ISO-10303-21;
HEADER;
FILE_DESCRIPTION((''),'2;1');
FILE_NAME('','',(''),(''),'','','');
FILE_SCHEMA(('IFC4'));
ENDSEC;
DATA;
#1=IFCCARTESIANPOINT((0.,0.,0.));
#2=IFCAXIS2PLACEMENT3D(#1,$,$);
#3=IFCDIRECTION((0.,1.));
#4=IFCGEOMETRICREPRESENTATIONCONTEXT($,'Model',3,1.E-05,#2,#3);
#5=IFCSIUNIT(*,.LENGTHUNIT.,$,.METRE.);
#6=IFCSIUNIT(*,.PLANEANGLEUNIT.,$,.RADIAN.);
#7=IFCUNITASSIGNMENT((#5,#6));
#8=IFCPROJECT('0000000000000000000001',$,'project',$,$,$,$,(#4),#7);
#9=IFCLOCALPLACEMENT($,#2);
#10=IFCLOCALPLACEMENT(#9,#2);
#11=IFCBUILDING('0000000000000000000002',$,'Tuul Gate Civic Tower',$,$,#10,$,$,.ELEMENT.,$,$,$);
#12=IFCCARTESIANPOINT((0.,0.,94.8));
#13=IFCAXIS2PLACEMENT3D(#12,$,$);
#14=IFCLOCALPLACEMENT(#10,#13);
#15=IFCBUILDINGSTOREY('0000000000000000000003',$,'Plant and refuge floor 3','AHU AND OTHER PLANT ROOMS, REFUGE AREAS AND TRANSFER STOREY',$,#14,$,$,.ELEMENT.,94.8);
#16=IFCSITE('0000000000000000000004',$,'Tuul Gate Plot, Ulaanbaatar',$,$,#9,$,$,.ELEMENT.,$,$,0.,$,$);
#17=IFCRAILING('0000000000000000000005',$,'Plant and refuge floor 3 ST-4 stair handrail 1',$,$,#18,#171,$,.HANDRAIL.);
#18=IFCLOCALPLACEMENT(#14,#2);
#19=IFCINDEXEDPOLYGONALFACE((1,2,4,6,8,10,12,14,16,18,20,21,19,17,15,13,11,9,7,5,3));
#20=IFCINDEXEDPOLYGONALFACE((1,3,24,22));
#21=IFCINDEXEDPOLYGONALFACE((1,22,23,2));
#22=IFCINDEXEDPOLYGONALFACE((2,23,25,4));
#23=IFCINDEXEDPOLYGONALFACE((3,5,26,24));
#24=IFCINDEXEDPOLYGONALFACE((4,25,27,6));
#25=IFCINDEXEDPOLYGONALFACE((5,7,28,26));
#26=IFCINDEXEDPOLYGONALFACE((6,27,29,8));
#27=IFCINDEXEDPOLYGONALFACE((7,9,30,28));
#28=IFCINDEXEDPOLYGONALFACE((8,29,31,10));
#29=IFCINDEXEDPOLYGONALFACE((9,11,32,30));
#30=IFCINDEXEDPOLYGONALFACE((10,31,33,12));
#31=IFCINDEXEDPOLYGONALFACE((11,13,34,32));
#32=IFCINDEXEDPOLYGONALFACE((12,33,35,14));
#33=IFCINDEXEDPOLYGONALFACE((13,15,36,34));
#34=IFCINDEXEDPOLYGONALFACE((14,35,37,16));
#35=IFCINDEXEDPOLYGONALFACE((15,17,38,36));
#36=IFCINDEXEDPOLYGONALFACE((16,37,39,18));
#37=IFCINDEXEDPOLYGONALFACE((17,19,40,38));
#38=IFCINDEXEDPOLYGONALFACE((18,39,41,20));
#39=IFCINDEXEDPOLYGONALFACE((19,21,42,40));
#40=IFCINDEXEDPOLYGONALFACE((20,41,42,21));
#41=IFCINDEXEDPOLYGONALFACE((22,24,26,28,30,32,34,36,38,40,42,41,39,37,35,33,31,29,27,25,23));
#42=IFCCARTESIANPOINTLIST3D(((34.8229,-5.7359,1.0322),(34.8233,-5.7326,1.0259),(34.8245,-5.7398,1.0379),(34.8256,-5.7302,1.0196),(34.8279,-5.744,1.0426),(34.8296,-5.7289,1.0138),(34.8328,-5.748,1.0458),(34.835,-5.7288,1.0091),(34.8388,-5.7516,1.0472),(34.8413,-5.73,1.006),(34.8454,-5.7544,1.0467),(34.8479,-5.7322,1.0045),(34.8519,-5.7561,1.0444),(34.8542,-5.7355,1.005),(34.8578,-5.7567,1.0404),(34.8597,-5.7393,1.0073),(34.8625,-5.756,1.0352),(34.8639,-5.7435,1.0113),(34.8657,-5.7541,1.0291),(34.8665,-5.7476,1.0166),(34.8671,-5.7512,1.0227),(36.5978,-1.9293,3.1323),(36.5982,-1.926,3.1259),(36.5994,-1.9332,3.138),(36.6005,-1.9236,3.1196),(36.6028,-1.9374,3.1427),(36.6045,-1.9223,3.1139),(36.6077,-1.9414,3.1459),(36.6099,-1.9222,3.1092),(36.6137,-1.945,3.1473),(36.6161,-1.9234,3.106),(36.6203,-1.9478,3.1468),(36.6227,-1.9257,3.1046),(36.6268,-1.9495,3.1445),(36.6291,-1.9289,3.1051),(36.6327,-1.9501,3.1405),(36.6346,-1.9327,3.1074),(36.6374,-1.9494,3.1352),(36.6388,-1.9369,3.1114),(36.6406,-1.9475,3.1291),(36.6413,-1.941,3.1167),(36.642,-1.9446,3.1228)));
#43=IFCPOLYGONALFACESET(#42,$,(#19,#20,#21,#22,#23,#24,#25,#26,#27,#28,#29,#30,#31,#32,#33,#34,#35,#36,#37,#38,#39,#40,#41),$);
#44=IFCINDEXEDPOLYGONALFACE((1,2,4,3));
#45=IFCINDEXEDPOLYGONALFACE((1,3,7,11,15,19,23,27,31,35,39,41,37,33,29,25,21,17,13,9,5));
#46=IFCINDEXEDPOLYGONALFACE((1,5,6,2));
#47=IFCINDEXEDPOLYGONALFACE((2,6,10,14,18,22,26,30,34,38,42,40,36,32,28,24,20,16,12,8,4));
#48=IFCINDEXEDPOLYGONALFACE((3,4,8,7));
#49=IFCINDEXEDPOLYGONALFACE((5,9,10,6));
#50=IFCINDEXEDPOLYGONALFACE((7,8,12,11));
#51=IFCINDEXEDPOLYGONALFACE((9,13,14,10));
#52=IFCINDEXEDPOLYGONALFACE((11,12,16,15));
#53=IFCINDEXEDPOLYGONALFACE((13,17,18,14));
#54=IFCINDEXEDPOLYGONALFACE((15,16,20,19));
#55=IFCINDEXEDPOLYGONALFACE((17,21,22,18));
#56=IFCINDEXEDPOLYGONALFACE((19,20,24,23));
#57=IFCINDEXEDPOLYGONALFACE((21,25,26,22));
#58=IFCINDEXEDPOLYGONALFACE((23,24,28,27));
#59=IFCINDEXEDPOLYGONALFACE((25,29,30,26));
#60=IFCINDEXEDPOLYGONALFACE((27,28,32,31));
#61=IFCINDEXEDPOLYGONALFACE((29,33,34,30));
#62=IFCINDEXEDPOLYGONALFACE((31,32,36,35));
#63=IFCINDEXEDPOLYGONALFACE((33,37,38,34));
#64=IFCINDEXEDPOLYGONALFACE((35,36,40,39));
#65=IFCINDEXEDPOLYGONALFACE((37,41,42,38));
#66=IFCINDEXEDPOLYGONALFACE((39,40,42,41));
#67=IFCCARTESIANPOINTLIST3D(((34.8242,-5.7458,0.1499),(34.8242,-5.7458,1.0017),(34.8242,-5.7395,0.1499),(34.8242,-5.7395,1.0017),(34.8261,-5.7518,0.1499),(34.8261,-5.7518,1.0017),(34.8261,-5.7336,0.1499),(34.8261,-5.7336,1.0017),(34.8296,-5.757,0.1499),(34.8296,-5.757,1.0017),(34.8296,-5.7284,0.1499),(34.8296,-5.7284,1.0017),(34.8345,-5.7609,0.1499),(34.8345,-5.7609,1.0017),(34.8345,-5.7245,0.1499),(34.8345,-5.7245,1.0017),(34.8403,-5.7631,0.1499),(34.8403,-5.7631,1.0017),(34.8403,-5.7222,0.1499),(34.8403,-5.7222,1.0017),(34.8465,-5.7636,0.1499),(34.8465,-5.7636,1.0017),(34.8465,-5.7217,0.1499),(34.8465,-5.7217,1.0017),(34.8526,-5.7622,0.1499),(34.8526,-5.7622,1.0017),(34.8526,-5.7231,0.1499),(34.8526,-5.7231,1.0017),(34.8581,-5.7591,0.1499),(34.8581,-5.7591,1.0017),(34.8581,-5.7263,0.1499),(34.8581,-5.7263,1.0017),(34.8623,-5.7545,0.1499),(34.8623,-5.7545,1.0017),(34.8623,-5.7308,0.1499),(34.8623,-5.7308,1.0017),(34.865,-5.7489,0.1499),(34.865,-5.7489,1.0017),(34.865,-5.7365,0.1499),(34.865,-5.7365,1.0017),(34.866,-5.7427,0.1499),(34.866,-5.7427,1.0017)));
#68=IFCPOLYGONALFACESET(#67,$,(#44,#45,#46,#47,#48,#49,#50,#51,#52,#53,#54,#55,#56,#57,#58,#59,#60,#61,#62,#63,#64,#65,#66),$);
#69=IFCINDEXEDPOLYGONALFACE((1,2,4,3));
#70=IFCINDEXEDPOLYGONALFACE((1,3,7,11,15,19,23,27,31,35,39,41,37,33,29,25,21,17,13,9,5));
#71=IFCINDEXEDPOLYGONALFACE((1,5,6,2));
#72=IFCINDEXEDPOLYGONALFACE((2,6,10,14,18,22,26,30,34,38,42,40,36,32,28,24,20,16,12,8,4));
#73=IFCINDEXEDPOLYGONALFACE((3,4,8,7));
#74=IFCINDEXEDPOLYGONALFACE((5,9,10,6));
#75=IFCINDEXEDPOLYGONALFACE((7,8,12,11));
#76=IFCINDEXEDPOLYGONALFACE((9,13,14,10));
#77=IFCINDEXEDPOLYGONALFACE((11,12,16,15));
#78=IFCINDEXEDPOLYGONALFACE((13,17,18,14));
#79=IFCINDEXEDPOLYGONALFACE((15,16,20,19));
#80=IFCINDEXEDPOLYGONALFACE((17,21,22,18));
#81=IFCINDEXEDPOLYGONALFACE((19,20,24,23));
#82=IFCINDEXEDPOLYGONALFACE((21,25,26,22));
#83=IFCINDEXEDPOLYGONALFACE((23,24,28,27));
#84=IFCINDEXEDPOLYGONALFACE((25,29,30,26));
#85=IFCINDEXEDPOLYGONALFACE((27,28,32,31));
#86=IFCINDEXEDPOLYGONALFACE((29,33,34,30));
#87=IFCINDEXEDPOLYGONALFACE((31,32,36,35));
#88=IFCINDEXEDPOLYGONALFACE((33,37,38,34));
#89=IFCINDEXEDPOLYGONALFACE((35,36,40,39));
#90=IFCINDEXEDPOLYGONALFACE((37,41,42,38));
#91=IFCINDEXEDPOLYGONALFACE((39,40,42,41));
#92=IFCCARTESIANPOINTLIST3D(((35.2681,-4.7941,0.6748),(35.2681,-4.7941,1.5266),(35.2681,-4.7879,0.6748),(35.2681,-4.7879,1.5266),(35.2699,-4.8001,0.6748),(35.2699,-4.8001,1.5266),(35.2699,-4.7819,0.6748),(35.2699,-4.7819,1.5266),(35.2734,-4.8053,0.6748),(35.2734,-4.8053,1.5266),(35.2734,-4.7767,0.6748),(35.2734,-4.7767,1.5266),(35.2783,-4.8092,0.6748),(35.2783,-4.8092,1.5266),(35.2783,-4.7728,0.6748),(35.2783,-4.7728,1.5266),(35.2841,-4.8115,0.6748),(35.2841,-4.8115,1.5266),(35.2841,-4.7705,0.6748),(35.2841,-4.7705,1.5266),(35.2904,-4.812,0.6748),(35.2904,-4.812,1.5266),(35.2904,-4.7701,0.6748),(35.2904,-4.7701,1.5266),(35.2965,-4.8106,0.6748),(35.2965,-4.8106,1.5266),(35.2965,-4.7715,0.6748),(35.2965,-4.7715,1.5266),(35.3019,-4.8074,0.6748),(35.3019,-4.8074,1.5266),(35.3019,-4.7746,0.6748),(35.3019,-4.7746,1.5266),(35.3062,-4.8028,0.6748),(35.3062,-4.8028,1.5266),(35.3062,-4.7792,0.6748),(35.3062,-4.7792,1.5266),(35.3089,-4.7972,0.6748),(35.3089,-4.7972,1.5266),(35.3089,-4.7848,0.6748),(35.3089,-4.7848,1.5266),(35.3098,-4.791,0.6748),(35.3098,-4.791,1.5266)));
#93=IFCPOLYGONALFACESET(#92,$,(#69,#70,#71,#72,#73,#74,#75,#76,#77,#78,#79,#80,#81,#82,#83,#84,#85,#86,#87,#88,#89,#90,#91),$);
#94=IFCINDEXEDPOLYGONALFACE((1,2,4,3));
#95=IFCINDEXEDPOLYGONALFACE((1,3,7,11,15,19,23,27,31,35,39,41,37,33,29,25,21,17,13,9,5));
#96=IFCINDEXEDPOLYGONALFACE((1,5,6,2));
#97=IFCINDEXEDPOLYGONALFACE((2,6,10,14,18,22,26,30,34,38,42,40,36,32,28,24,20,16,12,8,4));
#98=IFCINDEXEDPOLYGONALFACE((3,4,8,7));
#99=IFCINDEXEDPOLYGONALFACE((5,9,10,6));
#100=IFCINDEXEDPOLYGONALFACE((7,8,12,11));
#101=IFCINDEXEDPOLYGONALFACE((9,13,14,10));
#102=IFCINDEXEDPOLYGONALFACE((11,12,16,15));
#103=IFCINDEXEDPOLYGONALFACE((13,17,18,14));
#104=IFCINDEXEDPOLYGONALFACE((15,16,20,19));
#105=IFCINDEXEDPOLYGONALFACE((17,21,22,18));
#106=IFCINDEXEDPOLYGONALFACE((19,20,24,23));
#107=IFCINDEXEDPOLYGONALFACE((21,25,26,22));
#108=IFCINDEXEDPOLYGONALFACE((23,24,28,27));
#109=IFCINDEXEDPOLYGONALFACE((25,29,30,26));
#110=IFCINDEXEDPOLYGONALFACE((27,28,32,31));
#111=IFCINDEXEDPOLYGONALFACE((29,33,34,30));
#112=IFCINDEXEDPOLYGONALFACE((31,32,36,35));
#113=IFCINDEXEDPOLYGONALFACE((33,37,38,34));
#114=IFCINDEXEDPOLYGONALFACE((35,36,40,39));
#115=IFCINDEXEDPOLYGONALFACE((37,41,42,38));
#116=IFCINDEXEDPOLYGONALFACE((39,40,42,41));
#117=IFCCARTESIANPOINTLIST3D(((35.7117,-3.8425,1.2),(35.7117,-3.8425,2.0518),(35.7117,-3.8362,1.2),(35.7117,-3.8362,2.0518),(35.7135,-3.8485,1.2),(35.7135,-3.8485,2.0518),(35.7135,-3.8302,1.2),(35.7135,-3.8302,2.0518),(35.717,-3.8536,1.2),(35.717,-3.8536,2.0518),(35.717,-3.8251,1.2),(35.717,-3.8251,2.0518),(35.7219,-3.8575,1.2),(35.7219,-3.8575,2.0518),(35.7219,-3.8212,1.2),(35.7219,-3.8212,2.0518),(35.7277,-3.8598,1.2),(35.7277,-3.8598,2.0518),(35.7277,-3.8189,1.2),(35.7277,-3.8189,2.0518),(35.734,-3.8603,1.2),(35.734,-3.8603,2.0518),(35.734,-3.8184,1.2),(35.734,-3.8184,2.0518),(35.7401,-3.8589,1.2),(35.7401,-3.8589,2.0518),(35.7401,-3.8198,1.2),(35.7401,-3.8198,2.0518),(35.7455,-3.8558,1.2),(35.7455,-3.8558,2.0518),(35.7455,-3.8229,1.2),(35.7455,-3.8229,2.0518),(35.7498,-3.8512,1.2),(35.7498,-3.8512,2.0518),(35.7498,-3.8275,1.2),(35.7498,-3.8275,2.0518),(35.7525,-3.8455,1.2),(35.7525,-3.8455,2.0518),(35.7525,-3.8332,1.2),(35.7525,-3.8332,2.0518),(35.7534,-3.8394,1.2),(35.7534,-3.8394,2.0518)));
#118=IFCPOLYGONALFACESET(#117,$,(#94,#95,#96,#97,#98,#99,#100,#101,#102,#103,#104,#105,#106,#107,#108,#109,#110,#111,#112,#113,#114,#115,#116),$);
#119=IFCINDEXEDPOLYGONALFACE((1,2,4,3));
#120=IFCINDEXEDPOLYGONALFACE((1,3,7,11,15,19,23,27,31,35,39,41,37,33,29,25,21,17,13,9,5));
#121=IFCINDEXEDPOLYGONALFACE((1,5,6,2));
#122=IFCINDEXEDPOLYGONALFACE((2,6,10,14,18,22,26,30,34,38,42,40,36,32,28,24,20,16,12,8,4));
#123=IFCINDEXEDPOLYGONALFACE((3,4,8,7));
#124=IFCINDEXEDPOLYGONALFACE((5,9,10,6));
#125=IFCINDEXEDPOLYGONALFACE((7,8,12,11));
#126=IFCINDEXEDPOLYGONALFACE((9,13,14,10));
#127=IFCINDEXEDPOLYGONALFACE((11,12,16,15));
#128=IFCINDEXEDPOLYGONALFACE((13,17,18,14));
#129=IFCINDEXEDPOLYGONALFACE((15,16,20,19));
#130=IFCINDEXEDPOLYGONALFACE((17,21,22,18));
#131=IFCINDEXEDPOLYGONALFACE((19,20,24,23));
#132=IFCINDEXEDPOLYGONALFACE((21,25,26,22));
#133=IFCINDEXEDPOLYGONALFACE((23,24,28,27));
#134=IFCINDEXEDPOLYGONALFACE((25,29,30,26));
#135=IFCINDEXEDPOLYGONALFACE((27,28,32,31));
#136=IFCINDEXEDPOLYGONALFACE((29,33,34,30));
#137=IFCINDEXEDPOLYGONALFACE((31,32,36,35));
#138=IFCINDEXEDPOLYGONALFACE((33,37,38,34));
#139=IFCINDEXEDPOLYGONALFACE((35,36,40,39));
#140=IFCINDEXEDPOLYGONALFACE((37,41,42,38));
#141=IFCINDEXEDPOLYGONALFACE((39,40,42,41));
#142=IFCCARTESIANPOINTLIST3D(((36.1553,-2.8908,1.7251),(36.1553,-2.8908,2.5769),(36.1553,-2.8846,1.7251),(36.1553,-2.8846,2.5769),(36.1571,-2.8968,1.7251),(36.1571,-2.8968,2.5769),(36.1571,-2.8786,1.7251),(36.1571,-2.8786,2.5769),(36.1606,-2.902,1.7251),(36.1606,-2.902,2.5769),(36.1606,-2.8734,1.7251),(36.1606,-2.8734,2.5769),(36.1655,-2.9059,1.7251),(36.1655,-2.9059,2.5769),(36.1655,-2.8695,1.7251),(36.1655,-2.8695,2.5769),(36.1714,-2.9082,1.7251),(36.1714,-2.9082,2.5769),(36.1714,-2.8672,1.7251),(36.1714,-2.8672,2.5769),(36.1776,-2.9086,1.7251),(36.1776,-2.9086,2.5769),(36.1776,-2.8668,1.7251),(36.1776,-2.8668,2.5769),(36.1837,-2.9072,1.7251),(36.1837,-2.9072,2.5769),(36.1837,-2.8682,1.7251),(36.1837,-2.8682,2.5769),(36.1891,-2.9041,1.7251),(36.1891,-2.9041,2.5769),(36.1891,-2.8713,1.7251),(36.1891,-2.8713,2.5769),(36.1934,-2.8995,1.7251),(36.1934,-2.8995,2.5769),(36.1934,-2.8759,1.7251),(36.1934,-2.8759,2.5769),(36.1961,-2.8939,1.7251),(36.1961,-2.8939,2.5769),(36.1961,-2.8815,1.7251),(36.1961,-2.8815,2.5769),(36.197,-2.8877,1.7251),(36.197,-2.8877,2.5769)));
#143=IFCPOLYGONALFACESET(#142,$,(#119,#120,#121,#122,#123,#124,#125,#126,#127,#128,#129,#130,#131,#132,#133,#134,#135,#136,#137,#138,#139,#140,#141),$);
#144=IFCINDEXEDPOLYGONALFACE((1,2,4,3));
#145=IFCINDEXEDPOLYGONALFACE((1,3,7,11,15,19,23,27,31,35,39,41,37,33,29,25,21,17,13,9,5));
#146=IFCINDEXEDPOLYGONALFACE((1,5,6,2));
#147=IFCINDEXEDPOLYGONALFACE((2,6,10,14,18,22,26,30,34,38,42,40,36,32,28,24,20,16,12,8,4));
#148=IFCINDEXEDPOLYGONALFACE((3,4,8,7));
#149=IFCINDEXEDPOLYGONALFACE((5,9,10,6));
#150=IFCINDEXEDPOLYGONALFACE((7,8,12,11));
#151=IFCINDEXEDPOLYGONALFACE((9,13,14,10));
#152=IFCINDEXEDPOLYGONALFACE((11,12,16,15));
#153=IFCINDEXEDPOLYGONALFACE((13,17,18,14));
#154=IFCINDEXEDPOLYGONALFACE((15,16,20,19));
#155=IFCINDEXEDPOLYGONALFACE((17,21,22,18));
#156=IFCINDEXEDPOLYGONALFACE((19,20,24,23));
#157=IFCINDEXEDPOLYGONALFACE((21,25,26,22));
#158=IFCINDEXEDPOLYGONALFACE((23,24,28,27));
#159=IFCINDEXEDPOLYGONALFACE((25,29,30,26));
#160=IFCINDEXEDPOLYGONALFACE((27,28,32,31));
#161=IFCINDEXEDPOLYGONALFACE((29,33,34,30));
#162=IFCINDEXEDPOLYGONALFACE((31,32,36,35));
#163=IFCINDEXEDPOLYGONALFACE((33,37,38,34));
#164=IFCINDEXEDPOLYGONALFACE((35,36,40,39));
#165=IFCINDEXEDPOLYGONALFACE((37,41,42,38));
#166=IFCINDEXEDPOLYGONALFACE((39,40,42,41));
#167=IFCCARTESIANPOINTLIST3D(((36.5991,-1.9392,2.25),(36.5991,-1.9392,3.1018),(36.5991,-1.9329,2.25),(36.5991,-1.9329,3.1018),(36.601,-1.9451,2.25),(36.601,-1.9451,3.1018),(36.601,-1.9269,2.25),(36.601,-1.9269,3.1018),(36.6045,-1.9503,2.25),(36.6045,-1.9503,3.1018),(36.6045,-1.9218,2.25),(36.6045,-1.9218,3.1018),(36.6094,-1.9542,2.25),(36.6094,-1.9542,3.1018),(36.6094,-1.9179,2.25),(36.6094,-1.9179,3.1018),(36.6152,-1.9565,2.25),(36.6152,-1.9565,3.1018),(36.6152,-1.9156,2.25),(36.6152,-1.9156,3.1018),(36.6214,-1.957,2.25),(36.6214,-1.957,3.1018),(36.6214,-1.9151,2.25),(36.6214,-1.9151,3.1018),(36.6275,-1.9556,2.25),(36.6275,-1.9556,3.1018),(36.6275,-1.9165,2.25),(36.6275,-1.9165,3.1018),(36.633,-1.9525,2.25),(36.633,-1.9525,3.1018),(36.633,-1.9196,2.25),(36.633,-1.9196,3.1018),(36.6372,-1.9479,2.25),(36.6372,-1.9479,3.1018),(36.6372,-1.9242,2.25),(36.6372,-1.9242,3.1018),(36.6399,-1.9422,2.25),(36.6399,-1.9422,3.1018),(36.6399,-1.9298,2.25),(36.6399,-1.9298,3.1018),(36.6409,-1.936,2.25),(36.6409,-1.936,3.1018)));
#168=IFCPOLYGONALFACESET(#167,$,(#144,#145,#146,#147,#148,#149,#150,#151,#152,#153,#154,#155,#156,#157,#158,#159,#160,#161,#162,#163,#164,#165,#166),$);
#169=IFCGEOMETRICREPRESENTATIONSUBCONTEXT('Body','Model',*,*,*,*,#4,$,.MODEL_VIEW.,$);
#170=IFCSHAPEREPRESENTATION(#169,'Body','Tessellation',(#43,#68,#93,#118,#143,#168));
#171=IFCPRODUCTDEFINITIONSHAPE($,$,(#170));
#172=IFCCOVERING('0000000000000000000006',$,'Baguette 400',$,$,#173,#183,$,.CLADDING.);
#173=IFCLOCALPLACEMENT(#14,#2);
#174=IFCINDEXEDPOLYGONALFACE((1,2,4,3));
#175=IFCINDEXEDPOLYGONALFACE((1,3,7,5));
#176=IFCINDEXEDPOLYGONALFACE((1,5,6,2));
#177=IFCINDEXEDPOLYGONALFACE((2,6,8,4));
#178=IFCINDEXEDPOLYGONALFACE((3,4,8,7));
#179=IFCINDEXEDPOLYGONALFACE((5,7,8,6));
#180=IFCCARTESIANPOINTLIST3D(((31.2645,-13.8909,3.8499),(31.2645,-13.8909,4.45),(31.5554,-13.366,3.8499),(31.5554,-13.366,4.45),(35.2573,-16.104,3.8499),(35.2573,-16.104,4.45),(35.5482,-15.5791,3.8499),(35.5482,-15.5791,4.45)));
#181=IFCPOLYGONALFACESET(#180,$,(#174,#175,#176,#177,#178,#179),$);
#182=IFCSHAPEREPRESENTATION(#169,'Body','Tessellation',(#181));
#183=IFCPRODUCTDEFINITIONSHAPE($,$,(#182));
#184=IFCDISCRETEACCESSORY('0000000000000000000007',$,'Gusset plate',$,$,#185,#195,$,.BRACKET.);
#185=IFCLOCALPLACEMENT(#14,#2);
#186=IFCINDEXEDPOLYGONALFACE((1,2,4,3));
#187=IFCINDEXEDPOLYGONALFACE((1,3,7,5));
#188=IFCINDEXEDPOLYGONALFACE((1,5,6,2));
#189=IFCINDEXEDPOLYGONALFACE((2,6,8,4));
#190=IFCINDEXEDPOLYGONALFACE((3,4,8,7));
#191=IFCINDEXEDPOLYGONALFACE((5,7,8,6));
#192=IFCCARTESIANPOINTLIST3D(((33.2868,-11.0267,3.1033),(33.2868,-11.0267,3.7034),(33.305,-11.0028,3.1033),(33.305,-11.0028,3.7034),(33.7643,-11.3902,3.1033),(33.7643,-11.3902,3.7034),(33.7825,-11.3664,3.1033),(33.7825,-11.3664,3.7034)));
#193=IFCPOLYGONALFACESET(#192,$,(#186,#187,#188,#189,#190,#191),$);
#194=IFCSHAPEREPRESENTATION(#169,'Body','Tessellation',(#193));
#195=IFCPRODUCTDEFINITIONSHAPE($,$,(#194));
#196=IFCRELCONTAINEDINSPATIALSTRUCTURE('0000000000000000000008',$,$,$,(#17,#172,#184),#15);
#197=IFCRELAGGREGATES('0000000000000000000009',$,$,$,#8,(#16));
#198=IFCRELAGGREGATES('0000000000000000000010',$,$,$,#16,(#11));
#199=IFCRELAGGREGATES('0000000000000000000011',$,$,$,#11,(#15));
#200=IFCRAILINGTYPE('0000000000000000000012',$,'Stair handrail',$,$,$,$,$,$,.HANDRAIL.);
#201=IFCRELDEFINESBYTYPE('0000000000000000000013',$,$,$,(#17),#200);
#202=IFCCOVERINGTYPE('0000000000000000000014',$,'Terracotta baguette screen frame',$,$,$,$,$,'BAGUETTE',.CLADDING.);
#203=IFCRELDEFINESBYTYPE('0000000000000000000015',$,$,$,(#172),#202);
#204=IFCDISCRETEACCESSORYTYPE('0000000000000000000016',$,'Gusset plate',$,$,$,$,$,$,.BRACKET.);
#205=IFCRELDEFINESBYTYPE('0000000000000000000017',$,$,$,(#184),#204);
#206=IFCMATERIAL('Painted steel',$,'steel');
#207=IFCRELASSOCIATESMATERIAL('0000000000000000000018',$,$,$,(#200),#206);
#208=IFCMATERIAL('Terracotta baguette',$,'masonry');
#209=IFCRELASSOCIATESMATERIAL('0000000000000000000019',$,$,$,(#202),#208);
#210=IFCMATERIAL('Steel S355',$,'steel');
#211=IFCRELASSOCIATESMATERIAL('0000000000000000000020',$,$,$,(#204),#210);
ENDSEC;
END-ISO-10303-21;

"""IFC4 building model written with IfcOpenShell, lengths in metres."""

from ifc_helpers import new_model, si_unit, direction, frame, origin, origin_2d, place, context, subcontext, project, spatial, rectangle, circle, extrude, material, material_profile, profile_set, type_object, element, save


model = new_model("IFC4")

# Units and contexts
model_context = context("Model", 3, precision=1e-05, world=origin(), true_north=direction((0.0, 1.0)))
body_context = subcontext(model_context, "Body", "Model", "MODEL_VIEW")
ifc_project = project(units=[si_unit("LENGTHUNIT", "METRE"), si_unit("PLANEANGLEUNIT", "RADIAN")], contexts=[model_context])

# Site, building, storey
site_placement = place(None, origin())
site = spatial("IfcSite", under=ifc_project, at=site_placement, Name="Tuul Gate Plot, Ulaanbaatar", CompositionType="ELEMENT", RefElevation=0.0)
building_placement = place(site_placement, origin())
building = spatial("IfcBuilding", under=site, at=building_placement, Name="Tuul Gate Civic Tower", CompositionType="ELEMENT")
storey_placement = place(building_placement, frame((0.0, 0.0, 94.8)))
storey = spatial("IfcBuildingStorey", under=building, at=storey_placement, Name="Plant and refuge floor 3", Description="AHU AND OTHER PLANT ROOMS, REFUGE AREAS AND TRANSFER STOREY", CompositionType="ELEMENT", Elevation=94.8)

# Railing
ifc_material_1 = material(Name="Painted steel", Category="steel")
railing_type_1 = type_object("IfcRailingType", Name="Stair handrail", PredefinedType="HANDRAIL", material=ifc_material_1)
railing_1_placement = place(storey_placement, frame((34.845, -5.7427, 0.1499)))
element("IfcRailing", 1, at=railing_1_placement, inside=storey, type_object=railing_type_1, Name="Plant and refuge floor 3 ST-4 stair handrail 1", PredefinedType="HANDRAIL", context=body_context, shape_type="SweptSolid", body=[
    extrude(circle(Radius=0.0239, at=origin_2d()), frame((0.0, 0.0, 0.876), z_axis=(0.377971, 0.810636, 0.447222), x_axis=(-0.906323, 0.422586, 0.0)), (0.0, 0.0, 1.0), 4.6958),
    extrude(circle(Radius=0.021, at=origin_2d()), origin(), (0.0, 0.0, 1.0), 0.8518),
    extrude(circle(Radius=0.021, at=origin_2d()), frame((0.4438, 0.9517, 0.5249)), (0.0, 0.0, 1.0), 0.8518),
    extrude(circle(Radius=0.021, at=origin_2d()), frame((0.8875, 1.9033, 1.05)), (0.0, 0.0, 1.0), 0.8518),
    extrude(circle(Radius=0.021, at=origin_2d()), frame((1.3311, 2.855, 1.5752)), (0.0, 0.0, 1.0), 0.8518),
    extrude(circle(Radius=0.021, at=origin_2d()), frame((1.7749, 3.8066, 2.1001)), (0.0, 0.0, 1.0), 0.8518),
])

# Covering
ifc_material_2 = material(Name="Terracotta baguette", Category="masonry")
ifc_material_profile_1 = material_profile(ifc_material_2, rectangle(XDim=0.6001, YDim=0.6001, at=origin_2d()), Name="Terracotta baguette screen frame")
ifc_profile_set_1 = profile_set([ifc_material_profile_1], Name="Terracotta baguette")
covering_type = type_object("IfcCoveringType", Name="Terracotta baguette screen frame", ElementType="BAGUETTE", PredefinedType="CLADDING", material=ifc_profile_set_1)
covering_placement = place(storey_placement, frame((31.4099, -13.6284, 4.1499), z_axis=(0.874636, -0.48478, 0.0), x_axis=(0.48478, 0.874636, 0.0)))
element("IfcCovering", 2, at=covering_placement, inside=storey, type_object=covering_type, Name="Baguette 400", PredefinedType="CLADDING", context=body_context, shape_type="SweptSolid", body=[
    extrude(rectangle(XDim=0.6001, YDim=0.6001, at=origin_2d()), origin(), (0.0, 0.0, 1.0), 4.5652),
])

# Discrete accessory
ifc_material_3 = material(Name="Steel S355", Category="steel")
discrete_accessory_type = type_object("IfcDiscreteAccessoryType", Name="Gusset plate", PredefinedType="BRACKET", material=ifc_material_3)
discrete_accessory_placement = place(storey_placement, frame((33.5347, -11.1965, 3.1033), z_axis=(0.0, 0.0, 1.0), x_axis=(0.795616, -0.605801, 0.0)))
element("IfcDiscreteAccessory", 3, at=discrete_accessory_placement, inside=storey, type_object=discrete_accessory_type, Name="Gusset plate", PredefinedType="BRACKET", context=body_context, shape_type="SweptSolid", body=[
    extrude(rectangle(XDim=0.6001, YDim=0.03, at=origin_2d()), origin(), (0.0, 0.0, 1.0), 0.6001),
])

save(model, "model.ifc")
